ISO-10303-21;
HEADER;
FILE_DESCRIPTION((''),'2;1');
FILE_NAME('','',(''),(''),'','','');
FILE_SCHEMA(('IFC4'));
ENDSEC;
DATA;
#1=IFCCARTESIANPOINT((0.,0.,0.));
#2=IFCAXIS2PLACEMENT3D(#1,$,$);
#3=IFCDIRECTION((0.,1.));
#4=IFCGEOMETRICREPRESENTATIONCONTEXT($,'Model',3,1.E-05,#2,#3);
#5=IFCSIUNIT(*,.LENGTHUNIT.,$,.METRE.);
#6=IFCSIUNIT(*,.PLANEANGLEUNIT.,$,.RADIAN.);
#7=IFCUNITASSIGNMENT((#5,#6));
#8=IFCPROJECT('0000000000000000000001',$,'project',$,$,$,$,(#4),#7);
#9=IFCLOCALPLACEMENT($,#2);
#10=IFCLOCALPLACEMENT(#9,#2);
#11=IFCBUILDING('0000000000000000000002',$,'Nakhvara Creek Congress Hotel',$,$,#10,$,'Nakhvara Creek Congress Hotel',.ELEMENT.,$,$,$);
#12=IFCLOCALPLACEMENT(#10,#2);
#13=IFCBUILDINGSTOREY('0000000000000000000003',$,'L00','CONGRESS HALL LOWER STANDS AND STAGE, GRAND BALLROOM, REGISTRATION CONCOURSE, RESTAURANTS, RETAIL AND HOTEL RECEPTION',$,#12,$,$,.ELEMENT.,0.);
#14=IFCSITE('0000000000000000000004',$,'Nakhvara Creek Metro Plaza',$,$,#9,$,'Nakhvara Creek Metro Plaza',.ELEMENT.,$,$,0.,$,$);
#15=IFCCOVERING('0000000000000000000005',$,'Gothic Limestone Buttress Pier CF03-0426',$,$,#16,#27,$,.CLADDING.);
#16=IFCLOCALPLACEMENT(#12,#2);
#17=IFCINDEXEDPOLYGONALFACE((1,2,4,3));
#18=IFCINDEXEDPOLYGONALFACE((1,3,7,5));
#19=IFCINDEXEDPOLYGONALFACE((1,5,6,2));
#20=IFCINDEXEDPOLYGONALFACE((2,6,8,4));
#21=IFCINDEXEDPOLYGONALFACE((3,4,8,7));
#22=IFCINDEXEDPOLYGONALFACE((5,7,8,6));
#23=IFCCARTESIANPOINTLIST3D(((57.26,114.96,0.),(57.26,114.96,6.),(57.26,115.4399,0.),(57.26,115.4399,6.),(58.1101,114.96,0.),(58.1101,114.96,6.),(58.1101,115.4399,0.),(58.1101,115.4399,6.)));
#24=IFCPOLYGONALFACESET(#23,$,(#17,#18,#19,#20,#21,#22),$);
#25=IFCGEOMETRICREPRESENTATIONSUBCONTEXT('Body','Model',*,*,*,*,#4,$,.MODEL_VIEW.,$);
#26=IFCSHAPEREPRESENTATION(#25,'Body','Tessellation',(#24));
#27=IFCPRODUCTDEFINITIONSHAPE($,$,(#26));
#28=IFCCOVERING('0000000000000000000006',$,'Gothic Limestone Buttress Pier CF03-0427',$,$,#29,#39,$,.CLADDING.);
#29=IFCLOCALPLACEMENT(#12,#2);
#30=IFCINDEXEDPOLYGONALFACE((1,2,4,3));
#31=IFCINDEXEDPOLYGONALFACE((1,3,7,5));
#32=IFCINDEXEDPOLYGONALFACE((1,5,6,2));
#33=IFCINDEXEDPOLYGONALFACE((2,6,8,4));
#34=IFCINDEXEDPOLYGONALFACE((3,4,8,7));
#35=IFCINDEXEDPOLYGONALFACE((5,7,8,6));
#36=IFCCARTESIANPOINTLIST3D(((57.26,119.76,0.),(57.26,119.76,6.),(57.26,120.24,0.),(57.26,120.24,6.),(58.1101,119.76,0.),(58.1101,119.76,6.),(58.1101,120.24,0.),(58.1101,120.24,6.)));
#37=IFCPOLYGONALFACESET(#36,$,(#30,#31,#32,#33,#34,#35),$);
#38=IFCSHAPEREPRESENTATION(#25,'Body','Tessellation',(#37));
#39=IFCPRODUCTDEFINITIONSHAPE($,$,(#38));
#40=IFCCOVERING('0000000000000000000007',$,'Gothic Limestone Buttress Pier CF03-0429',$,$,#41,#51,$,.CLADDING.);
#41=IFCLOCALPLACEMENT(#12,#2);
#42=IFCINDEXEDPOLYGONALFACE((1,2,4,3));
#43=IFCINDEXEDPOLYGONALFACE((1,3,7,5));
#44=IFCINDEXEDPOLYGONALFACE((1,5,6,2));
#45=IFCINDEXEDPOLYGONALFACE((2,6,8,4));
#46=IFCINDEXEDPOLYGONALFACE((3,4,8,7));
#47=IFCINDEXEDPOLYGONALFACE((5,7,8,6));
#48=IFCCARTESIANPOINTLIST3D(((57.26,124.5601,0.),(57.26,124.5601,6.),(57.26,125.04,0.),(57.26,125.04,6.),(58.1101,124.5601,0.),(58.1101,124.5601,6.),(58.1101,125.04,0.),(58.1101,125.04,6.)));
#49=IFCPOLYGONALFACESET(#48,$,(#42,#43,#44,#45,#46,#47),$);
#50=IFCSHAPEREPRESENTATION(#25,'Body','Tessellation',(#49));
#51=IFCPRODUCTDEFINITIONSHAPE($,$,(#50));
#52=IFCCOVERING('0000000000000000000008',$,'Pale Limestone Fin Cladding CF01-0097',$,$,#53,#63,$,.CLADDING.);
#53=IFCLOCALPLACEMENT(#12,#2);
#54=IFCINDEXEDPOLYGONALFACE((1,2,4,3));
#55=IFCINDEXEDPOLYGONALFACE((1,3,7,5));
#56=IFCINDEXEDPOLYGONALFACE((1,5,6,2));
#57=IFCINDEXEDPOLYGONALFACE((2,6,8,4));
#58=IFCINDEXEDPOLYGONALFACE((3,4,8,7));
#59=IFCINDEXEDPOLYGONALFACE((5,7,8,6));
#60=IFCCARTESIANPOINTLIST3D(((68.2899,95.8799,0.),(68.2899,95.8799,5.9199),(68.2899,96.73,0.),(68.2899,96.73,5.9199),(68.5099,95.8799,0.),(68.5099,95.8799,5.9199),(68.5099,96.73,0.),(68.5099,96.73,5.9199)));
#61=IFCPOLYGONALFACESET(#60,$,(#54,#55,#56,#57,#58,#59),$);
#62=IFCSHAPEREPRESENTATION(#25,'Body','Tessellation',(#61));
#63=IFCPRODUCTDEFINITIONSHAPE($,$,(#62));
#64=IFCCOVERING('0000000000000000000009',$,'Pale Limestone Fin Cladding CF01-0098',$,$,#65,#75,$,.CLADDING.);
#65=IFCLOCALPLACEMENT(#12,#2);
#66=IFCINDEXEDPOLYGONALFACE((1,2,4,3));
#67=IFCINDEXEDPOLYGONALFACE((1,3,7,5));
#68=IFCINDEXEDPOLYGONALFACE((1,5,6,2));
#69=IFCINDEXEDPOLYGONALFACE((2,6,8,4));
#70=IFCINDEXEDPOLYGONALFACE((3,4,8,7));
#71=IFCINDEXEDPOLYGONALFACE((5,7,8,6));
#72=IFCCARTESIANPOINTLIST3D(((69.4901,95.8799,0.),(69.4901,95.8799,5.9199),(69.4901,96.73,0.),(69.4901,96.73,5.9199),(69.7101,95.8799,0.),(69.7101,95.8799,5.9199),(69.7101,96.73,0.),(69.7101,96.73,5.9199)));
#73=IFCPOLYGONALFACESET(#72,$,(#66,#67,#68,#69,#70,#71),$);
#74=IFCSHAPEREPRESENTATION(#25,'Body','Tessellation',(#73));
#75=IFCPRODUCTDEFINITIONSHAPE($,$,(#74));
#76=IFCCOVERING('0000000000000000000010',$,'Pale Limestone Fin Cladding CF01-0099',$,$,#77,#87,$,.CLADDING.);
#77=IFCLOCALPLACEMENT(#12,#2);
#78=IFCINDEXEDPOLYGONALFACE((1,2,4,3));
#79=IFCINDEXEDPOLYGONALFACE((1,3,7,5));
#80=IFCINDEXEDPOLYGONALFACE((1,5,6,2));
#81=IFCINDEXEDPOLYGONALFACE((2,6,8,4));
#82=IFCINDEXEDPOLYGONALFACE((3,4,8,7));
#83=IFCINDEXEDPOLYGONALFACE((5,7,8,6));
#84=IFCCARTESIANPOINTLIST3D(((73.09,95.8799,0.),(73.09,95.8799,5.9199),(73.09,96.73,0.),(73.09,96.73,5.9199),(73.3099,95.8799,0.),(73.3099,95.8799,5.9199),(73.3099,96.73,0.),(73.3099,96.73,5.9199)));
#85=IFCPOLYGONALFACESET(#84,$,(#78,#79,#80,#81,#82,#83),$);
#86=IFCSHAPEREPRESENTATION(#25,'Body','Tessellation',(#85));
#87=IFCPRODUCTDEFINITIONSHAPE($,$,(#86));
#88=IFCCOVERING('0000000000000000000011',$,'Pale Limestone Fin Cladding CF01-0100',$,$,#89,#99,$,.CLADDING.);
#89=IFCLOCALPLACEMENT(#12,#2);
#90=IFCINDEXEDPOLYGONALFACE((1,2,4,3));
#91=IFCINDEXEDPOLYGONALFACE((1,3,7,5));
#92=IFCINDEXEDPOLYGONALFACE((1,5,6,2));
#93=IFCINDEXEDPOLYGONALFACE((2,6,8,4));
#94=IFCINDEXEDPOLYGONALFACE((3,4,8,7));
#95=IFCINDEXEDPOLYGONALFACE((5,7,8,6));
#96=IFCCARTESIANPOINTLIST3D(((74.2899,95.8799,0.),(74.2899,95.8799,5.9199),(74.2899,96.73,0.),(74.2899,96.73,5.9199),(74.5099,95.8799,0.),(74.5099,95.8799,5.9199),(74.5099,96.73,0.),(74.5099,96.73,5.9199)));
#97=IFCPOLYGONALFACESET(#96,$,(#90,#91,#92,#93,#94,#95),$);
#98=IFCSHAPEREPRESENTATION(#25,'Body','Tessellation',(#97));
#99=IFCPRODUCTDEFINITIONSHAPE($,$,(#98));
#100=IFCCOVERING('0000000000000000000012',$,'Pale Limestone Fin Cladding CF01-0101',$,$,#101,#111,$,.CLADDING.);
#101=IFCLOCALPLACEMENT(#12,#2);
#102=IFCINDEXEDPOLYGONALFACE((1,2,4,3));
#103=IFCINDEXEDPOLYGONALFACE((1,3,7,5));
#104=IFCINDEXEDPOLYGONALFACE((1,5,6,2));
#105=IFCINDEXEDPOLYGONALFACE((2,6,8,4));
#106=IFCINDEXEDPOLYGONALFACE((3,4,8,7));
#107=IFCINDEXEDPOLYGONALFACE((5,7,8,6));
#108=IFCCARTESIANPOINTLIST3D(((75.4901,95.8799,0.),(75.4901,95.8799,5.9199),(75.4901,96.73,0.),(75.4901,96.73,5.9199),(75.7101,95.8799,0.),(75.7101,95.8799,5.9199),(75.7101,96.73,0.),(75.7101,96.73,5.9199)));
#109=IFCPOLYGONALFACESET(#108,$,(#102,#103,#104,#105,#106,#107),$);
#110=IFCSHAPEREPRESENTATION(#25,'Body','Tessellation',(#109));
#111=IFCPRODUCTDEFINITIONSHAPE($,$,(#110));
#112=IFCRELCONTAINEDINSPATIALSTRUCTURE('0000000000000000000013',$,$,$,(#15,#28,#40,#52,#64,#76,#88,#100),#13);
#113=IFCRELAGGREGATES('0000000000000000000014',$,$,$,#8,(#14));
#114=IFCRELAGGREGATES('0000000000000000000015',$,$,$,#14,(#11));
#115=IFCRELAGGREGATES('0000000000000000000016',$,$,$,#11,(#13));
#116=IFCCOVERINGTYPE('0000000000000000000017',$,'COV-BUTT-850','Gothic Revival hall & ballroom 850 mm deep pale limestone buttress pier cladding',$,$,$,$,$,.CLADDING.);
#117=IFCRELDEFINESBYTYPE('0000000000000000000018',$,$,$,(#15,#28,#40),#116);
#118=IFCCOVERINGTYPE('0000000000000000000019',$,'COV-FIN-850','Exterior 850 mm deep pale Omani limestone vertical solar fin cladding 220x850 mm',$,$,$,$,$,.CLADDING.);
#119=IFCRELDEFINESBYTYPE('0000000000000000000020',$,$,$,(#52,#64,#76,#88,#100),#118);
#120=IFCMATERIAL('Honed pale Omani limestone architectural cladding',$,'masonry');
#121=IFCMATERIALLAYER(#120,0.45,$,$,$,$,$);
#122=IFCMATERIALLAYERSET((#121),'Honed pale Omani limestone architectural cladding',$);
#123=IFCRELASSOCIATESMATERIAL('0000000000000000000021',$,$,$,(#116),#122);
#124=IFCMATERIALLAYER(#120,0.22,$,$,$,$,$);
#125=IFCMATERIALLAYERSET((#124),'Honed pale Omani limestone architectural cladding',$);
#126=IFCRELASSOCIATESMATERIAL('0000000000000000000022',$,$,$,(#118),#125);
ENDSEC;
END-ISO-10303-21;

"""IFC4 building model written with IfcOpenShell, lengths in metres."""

from ifc_helpers import new_model, si_unit, direction, frame, origin, origin_2d, place, context, subcontext, project, spatial, rectangle, extrude, material, layer, layer_set, type_object, element, save


model = new_model("IFC4")

# Units and contexts
model_context = context("Model", 3, precision=1e-05, world=origin(), true_north=direction((0.0, 1.0)))
body_context = subcontext(model_context, "Body", "Model", "MODEL_VIEW")
ifc_project = project(units=[si_unit("LENGTHUNIT", "METRE"), si_unit("PLANEANGLEUNIT", "RADIAN")], contexts=[model_context])

# Site, building, storey
site_placement = place(None, origin())
site = spatial("IfcSite", under=ifc_project, at=site_placement, Name="Nakhvara Creek Metro Plaza", LongName="Nakhvara Creek Metro Plaza", CompositionType="ELEMENT", RefElevation=0.0)
building_placement = place(site_placement, origin())
building = spatial("IfcBuilding", under=site, at=building_placement, Name="Nakhvara Creek Congress Hotel", LongName="Nakhvara Creek Congress Hotel", CompositionType="ELEMENT")
storey_placement = place(building_placement, origin())
storey = spatial("IfcBuildingStorey", under=building, at=storey_placement, Name="L00", Description="CONGRESS HALL LOWER STANDS AND STAGE, GRAND BALLROOM, REGISTRATION CONCOURSE, RESTAURANTS, RETAIL AND HOTEL RECEPTION", CompositionType="ELEMENT", Elevation=0.0)

# Coverings
ifc_material_1 = material(Name="Honed pale Omani limestone architectural cladding", Category="masonry")
ifc_layer_1 = layer(ifc_material_1, 0.45)
ifc_layer_set_1 = layer_set([ifc_layer_1], Name="Honed pale Omani limestone architectural cladding")
covering_type_1 = type_object("IfcCoveringType", Name="COV-BUTT-850", Description="Gothic Revival hall & ballroom 850 mm deep pale limestone buttress pier cladding", PredefinedType="CLADDING", material=ifc_layer_set_1)
for number, where, z_axis, x_axis, name in (
    (1, (57.6851, 115.2, 0.0), (0.0, 0.0, 1.0), (0.0, 1.0, 0.0), "Gothic Limestone Buttress Pier CF03-0426"),
    (2, (57.6851, 120.0, 0.0), (0.0, 0.0, 1.0), (0.0, 1.0, 0.0), "Gothic Limestone Buttress Pier CF03-0427"),
    (3, (57.6851, 124.8, 0.0), (0.0, 0.0, 1.0), (0.0, 1.0, 0.0), "Gothic Limestone Buttress Pier CF03-0429"),
):
    element("IfcCovering", number, at=place(storey_placement, frame(where, z_axis=z_axis, x_axis=x_axis)), inside=storey, type_object=covering_type_1, Name=name, PredefinedType="CLADDING", context=body_context, shape_type="SweptSolid", body=[
        extrude(rectangle(XDim=0.48, YDim=0.8501, at=origin_2d()), origin(), (0.0, 0.0, 1.0), 6.0),
    ])
ifc_layer_2 = layer(ifc_material_1, 0.22)
ifc_layer_set_2 = layer_set([ifc_layer_2], Name="Honed pale Omani limestone architectural cladding")
covering_type_2 = type_object("IfcCoveringType", Name="COV-FIN-850", Description="Exterior 850 mm deep pale Omani limestone vertical solar fin cladding 220x850 mm", PredefinedType="CLADDING", material=ifc_layer_set_2)
for number, where, z_axis, x_axis, name in (
    (4, (68.3999, 96.3049, 0.0), (0.0, 0.0, 1.0), (1.0, 0.0, 0.0), "Pale Limestone Fin Cladding CF01-0097"),
    (5, (69.6001, 96.3049, 0.0), (0.0, 0.0, 1.0), (1.0, 0.0, 0.0), "Pale Limestone Fin Cladding CF01-0098"),
    (6, (73.2, 96.3049, 0.0), (0.0, 0.0, 1.0), (1.0, 0.0, 0.0), "Pale Limestone Fin Cladding CF01-0099"),
    (7, (74.3999, 96.3049, 0.0), (0.0, 0.0, 1.0), (1.0, 0.0, 0.0), "Pale Limestone Fin Cladding CF01-0100"),
    (8, (75.6001, 96.3049, 0.0), (0.0, 0.0, 1.0), (1.0, 0.0, 0.0), "Pale Limestone Fin Cladding CF01-0101"),
):
    element("IfcCovering", number, at=place(storey_placement, frame(where, z_axis=z_axis, x_axis=x_axis)), inside=storey, type_object=covering_type_2, Name=name, PredefinedType="CLADDING", context=body_context, shape_type="SweptSolid", body=[
        extrude(rectangle(XDim=0.22, YDim=0.8501, at=origin_2d()), origin(), (0.0, 0.0, 1.0), 5.9199),
    ])

save(model, "model.ifc")
